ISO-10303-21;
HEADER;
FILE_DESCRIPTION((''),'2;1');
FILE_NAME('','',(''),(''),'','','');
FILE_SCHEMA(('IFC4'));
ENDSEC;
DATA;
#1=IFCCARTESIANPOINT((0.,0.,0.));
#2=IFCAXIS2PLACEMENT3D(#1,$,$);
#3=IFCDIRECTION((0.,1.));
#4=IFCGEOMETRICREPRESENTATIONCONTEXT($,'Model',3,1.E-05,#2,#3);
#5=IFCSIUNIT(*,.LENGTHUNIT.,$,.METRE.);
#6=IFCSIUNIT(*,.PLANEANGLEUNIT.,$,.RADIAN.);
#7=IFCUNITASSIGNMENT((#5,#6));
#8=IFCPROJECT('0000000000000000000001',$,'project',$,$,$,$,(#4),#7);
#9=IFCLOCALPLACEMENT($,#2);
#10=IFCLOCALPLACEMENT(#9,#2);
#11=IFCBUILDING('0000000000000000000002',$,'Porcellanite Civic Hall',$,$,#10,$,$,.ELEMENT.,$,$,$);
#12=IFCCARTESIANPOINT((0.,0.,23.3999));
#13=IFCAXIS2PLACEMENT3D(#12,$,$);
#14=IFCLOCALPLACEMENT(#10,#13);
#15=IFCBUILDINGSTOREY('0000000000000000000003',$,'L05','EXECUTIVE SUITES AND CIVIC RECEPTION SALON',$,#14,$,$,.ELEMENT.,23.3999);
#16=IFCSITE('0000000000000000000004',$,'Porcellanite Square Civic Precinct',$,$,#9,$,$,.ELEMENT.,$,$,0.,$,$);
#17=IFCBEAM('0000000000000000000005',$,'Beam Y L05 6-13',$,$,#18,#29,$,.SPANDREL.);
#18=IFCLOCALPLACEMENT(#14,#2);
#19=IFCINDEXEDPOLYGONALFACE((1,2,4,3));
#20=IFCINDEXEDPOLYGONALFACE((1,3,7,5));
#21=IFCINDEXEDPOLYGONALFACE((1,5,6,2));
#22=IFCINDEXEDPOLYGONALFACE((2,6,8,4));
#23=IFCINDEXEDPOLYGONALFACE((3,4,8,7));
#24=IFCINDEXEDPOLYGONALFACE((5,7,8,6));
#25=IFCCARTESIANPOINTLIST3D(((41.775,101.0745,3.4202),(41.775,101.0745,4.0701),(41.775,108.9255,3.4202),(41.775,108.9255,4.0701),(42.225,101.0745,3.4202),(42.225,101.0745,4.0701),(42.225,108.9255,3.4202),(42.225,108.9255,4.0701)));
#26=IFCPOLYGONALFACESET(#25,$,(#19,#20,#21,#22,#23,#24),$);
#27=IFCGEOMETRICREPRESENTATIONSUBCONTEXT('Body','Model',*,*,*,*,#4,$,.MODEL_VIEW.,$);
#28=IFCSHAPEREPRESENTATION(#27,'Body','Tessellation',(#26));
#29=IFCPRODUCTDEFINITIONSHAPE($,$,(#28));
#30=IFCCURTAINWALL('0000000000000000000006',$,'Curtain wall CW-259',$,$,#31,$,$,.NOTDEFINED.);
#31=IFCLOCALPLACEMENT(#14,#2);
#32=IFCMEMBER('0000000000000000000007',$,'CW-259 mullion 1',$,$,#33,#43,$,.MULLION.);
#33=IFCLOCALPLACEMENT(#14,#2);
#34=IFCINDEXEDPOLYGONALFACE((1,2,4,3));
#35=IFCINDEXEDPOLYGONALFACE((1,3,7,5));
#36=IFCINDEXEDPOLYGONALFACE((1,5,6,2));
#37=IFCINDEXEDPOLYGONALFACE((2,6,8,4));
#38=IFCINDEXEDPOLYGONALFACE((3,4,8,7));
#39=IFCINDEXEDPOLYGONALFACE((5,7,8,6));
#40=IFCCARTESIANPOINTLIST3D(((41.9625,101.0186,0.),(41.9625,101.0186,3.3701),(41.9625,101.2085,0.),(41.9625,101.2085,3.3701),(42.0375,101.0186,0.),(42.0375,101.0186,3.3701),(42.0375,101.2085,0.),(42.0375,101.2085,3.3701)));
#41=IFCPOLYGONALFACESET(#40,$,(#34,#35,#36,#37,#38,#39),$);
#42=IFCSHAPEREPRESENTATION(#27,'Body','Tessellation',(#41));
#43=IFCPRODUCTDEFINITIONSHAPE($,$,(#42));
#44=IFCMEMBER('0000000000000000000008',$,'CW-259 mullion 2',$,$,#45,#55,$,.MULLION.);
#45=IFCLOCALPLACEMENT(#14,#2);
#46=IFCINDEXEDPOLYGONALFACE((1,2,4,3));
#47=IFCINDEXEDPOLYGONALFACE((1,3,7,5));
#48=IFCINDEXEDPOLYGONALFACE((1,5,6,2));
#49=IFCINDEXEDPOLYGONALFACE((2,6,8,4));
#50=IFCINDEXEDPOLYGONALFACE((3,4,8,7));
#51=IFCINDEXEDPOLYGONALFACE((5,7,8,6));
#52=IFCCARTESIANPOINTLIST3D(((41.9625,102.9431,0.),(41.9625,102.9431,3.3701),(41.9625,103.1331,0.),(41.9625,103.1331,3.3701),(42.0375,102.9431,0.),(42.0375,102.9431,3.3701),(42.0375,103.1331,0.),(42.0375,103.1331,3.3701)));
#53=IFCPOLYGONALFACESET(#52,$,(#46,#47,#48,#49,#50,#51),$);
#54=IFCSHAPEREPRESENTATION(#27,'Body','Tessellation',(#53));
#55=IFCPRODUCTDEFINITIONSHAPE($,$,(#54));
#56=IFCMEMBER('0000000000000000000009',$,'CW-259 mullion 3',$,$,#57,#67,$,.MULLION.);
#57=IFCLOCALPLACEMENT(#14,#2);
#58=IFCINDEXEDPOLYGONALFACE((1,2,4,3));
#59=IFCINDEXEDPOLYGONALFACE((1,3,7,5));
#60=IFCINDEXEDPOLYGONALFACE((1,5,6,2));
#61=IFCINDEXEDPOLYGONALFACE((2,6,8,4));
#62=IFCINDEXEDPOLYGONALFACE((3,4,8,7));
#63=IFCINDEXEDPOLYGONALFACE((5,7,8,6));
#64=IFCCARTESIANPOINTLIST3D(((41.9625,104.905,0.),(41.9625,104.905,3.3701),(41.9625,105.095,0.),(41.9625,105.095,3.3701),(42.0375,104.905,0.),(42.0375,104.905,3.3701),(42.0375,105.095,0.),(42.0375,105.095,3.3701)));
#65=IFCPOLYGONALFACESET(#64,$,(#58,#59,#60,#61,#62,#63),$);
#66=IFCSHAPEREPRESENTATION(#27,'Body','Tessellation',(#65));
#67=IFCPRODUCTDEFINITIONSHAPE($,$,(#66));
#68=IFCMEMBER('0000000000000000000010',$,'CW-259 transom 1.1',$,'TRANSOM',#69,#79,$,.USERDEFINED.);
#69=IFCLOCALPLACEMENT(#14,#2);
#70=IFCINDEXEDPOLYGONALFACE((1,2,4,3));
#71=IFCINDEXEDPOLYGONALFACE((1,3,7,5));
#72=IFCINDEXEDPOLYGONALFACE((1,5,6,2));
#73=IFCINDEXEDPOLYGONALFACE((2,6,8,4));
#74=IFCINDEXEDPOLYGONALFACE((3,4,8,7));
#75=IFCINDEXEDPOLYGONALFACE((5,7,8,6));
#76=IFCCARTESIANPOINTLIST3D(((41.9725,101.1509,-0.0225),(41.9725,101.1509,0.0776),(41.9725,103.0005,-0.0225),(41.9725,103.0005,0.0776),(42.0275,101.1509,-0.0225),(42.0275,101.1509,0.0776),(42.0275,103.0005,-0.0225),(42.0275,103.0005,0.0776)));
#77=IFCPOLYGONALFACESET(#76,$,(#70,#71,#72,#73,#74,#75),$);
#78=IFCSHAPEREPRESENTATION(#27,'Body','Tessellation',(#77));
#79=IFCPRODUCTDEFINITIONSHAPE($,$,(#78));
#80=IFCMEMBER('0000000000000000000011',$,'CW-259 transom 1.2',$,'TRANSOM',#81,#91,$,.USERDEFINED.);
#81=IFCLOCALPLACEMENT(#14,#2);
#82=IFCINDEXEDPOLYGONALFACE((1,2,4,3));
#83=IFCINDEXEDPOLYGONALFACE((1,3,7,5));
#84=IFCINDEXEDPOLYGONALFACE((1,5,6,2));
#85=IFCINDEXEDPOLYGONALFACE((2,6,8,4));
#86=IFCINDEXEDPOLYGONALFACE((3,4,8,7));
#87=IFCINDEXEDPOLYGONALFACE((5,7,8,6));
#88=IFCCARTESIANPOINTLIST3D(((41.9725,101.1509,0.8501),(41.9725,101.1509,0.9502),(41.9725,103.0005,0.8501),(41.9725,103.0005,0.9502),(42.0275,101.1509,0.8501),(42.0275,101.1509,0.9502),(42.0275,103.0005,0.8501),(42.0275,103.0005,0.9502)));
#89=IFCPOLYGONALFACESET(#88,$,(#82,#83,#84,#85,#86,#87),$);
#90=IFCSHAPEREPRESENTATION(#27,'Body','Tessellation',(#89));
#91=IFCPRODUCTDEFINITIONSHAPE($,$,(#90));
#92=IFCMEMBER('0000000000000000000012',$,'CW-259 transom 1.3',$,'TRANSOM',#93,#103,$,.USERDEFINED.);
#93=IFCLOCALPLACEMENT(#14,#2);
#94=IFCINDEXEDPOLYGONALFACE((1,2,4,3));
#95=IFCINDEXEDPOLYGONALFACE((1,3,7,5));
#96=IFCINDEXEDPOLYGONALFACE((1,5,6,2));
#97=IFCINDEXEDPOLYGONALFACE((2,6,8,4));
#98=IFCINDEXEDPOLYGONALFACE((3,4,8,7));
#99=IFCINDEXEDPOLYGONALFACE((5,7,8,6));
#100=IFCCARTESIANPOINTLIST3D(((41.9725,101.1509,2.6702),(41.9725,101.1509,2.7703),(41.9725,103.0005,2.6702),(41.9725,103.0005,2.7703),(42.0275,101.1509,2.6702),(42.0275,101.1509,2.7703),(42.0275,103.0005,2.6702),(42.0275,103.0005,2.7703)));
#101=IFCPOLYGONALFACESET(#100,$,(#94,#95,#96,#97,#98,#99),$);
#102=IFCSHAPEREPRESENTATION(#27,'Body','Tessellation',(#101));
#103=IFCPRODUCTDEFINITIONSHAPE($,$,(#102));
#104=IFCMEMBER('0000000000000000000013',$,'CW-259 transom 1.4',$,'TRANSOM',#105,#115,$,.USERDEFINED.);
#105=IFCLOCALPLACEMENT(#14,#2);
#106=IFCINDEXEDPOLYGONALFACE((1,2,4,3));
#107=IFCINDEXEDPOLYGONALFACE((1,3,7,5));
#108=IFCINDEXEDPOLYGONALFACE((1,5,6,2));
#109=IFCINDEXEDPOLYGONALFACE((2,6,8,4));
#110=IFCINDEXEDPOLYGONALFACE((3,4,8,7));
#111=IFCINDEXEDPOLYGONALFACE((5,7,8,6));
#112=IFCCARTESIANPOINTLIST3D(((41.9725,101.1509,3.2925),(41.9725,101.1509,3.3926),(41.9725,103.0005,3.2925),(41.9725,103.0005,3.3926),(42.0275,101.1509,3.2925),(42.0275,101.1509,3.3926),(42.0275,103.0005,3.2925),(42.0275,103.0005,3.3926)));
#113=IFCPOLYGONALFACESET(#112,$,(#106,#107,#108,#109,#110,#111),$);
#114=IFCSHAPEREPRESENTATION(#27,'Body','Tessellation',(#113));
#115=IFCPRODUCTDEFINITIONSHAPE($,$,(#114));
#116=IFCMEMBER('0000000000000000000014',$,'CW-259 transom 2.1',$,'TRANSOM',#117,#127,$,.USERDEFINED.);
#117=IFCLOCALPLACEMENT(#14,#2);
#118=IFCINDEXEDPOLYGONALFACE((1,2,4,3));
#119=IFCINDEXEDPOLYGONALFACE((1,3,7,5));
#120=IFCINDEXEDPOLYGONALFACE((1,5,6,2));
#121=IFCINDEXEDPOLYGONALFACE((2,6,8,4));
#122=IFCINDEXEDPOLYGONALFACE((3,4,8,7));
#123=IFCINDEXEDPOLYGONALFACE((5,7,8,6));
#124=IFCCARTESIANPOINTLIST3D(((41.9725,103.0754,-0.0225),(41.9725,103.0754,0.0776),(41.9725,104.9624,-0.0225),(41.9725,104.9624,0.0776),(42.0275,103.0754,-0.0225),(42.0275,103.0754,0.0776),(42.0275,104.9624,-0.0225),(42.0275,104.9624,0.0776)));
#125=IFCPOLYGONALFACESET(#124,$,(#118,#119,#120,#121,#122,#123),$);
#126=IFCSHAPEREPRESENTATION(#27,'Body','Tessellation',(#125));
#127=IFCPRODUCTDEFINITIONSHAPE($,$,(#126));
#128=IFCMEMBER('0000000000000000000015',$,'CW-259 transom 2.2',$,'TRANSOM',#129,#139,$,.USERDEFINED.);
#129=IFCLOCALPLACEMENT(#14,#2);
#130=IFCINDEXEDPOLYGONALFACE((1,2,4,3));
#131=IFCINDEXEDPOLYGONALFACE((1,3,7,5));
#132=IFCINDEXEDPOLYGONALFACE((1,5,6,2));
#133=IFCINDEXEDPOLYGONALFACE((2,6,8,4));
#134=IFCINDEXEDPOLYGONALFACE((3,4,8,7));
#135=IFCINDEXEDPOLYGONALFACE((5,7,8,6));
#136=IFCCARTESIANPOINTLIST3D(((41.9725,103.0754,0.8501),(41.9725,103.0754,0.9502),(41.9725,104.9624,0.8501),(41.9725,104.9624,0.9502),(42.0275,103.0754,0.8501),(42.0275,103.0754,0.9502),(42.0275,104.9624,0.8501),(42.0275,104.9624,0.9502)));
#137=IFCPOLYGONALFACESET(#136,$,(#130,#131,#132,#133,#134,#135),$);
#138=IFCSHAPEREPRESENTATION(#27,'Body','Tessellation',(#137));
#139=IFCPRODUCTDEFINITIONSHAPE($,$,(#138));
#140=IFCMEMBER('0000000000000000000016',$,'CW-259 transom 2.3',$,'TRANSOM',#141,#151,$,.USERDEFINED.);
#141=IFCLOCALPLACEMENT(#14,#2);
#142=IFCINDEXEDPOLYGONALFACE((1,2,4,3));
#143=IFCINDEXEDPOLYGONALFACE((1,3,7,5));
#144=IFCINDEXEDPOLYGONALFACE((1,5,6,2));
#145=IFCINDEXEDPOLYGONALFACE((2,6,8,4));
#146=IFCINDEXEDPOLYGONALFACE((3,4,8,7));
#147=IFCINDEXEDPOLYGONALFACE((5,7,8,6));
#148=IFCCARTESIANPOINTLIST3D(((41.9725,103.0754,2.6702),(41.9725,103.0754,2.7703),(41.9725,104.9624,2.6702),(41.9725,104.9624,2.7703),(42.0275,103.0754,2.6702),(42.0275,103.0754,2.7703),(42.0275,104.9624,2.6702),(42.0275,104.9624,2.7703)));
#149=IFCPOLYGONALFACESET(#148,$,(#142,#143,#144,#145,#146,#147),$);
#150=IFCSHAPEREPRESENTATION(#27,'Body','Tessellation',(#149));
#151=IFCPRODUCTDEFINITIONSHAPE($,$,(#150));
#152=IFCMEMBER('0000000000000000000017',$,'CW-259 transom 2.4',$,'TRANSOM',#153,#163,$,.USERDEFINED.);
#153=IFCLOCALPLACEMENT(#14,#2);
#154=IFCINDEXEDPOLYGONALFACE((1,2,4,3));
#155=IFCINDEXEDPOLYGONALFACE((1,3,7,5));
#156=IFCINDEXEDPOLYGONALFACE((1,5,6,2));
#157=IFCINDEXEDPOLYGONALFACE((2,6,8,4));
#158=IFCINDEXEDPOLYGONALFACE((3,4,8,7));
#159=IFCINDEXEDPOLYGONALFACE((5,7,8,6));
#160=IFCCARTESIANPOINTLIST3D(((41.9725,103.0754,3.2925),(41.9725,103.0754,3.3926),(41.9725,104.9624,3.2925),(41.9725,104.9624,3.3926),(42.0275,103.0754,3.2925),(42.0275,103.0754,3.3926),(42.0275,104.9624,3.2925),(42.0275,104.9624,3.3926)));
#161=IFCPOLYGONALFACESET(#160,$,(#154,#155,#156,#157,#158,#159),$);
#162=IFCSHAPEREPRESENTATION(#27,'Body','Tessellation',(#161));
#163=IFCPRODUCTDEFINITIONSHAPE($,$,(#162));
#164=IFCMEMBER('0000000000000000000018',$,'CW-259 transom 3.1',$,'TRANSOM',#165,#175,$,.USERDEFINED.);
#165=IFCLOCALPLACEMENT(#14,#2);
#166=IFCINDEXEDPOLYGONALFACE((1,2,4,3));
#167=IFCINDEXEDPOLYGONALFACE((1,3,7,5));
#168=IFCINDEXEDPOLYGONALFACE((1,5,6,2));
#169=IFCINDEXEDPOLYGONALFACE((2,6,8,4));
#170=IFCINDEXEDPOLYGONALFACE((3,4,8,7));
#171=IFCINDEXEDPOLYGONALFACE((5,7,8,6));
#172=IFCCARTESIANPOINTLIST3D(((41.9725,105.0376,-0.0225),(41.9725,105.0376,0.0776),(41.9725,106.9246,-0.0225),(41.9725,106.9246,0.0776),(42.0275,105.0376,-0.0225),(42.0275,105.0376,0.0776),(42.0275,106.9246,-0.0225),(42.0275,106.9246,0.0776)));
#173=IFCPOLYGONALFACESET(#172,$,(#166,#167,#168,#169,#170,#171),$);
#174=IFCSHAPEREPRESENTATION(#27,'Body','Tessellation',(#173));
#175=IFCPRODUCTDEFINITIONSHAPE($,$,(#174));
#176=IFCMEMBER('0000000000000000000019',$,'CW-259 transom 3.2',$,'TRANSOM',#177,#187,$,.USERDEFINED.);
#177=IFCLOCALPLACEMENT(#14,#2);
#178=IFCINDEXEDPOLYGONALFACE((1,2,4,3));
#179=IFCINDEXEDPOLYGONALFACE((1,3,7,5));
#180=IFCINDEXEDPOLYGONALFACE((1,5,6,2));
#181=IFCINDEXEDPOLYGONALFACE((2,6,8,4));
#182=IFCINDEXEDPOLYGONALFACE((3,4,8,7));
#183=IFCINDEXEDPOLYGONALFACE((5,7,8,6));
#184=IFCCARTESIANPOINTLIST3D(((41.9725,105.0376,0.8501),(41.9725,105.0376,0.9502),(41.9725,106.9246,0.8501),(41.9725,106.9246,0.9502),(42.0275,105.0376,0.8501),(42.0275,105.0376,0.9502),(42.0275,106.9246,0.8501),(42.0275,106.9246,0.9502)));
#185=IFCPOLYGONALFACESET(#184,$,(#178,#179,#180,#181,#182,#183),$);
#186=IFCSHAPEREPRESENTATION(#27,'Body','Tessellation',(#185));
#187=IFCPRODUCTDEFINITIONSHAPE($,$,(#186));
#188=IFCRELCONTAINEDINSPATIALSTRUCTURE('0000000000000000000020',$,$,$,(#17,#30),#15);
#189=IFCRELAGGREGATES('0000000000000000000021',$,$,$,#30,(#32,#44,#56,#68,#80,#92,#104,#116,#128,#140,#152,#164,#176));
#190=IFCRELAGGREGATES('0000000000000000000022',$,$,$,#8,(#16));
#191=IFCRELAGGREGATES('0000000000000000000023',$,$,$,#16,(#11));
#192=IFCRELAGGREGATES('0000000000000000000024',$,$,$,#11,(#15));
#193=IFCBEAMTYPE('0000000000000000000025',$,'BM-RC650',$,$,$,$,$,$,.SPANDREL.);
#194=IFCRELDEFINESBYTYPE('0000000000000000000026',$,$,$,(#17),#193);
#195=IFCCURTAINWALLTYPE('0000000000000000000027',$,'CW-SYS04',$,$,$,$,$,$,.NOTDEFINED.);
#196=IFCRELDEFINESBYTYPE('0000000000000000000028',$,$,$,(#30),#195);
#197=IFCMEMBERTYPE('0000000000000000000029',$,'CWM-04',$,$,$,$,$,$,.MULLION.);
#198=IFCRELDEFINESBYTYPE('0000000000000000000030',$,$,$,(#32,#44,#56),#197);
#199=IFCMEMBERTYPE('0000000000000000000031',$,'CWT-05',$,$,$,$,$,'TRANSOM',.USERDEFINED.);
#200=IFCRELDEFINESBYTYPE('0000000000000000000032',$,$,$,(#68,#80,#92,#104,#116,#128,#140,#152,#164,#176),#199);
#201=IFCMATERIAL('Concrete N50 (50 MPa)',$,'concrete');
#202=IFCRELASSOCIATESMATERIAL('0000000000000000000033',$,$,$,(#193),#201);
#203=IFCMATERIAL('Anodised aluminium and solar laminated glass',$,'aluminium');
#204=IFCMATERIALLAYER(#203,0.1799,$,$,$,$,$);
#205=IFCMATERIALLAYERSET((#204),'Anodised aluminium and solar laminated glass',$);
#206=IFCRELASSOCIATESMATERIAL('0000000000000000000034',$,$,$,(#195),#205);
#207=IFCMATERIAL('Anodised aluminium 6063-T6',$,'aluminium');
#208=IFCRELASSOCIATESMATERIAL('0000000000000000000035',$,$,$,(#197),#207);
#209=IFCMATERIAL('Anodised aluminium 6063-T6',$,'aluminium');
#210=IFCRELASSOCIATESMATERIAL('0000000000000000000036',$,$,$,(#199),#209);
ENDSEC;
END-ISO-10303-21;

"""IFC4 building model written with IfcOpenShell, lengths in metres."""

from ifc_helpers import new_model, si_unit, direction, frame, origin, origin_2d, place, context, subcontext, project, spatial, rectangle, extrude, material, layer, layer_set, material_profile, profile_set, type_object, element, aggregate, save


model = new_model("IFC4")

# Units and contexts
model_context = context("Model", 3, precision=1e-05, world=origin(), true_north=direction((0.0, 1.0)))
body_context = subcontext(model_context, "Body", "Model", "MODEL_VIEW")
ifc_project = project(units=[si_unit("LENGTHUNIT", "METRE"), si_unit("PLANEANGLEUNIT", "RADIAN")], contexts=[model_context])

# Site, building, storey
site_placement = place(None, origin())
site = spatial("IfcSite", under=ifc_project, at=site_placement, Name="Porcellanite Square Civic Precinct", CompositionType="ELEMENT", RefElevation=0.0)
building_placement = place(site_placement, origin())
building = spatial("IfcBuilding", under=site, at=building_placement, Name="Porcellanite Civic Hall", CompositionType="ELEMENT")
storey_placement = place(building_placement, frame((0.0, 0.0, 23.3999)))
storey = spatial("IfcBuildingStorey", under=building, at=storey_placement, Name="L05", Description="EXECUTIVE SUITES AND CIVIC RECEPTION SALON", CompositionType="ELEMENT", Elevation=23.3999)

# Beam
ifc_material_1 = material(Name="Concrete N50 (50 MPa)", Category="concrete")
ifc_material_profile_1 = material_profile(ifc_material_1, rectangle(XDim=0.45, YDim=0.6499, at=origin_2d()), Name="RC-450x650")
ifc_profile_set_1 = profile_set([ifc_material_profile_1], Name="Concrete N50 (50 MPa)")
beam_type = type_object("IfcBeamType", Name="BM-RC650", PredefinedType="SPANDREL", material=ifc_profile_set_1)
beam_placement = place(storey_placement, frame((42.0, 101.0745, 3.7451), z_axis=(0.0, 1.0, 0.0), x_axis=(-1.0, 0.0, 0.0)))
element("IfcBeam", 1, at=beam_placement, inside=storey, type_object=beam_type, Name="Beam Y L05 6-13", PredefinedType="SPANDREL", context=body_context, shape_type="SweptSolid", body=[
    extrude(rectangle(XDim=0.45, YDim=0.6499, at=origin_2d()), origin(), (0.0, 0.0, 1.0), 7.8511),
])

# Curtain wall, members
ifc_material_2 = material(Name="Anodised aluminium and solar laminated glass", Category="aluminium")
ifc_layer_1 = layer(ifc_material_2, 0.1799)
ifc_layer_set_1 = layer_set([ifc_layer_1], Name="Anodised aluminium and solar laminated glass")
curtain_wall_type = type_object("IfcCurtainWallType", Name="CW-SYS04", PredefinedType="NOTDEFINED", material=ifc_layer_set_1)
curtain_wall_placement = place(storey_placement, origin())
curtain_wall = element("IfcCurtainWall", 2, at=curtain_wall_placement, inside=storey, type_object=curtain_wall_type, Name="Curtain wall CW-259", PredefinedType="NOTDEFINED")
ifc_material_3 = material(Name="Anodised aluminium 6063-T6", Category="aluminium")
ifc_material_profile_2 = material_profile(ifc_material_3, rectangle(XDim=0.075, YDim=0.1899, at=origin_2d()), Name="AL-75x190")
ifc_profile_set_2 = profile_set([ifc_material_profile_2], Name="Anodised aluminium 6063-T6")
member_type_1 = type_object("IfcMemberType", Name="CWM-04", PredefinedType="MULLION", material=ifc_profile_set_2)
member_1_placement = place(storey_placement, frame((42.0, 101.1135, 0.0), z_axis=(0.0, 0.0, 1.0), x_axis=(-1.0, 0.0, 0.0)))
member_1 = element("IfcMember", 3, at=member_1_placement, type_object=member_type_1, Name="CW-259 mullion 1", PredefinedType="MULLION", context=body_context, shape_type="SweptSolid", body=[
    extrude(rectangle(XDim=0.075, YDim=0.1899, at=origin_2d()), origin(), (0.0, 0.0, 1.0), 3.3701),
])
member_2_placement = place(storey_placement, frame((42.0, 103.0381, 0.0), z_axis=(0.0, 0.0, 1.0), x_axis=(-1.0, 0.0, 0.0)))
member_2 = element("IfcMember", 4, at=member_2_placement, type_object=member_type_1, Name="CW-259 mullion 2", PredefinedType="MULLION", context=body_context, shape_type="SweptSolid", body=[
    extrude(rectangle(XDim=0.075, YDim=0.1899, at=origin_2d()), origin(), (0.0, 0.0, 1.0), 3.3701),
])
member_3_placement = place(storey_placement, frame((42.0, 105.0, 0.0), z_axis=(0.0, 0.0, 1.0), x_axis=(-1.0, 0.0, 0.0)))
member_3 = element("IfcMember", 5, at=member_3_placement, type_object=member_type_1, Name="CW-259 mullion 3", PredefinedType="MULLION", context=body_context, shape_type="SweptSolid", body=[
    extrude(rectangle(XDim=0.075, YDim=0.1899, at=origin_2d()), origin(), (0.0, 0.0, 1.0), 3.3701),
])
ifc_material_4 = material(Name="Anodised aluminium 6063-T6", Category="aluminium")
ifc_material_profile_3 = material_profile(ifc_material_4, rectangle(XDim=0.0549, YDim=0.1001, at=origin_2d()), Name="AL-55x100")
ifc_profile_set_3 = profile_set([ifc_material_profile_3], Name="Anodised aluminium 6063-T6")
member_type_2 = type_object("IfcMemberType", Name="CWT-05", ElementType="TRANSOM", PredefinedType="USERDEFINED", material=ifc_profile_set_3)
member_4_placement = place(storey_placement, frame((42.0, 101.1509, 0.0276), z_axis=(0.0, 1.0, 0.0), x_axis=(-1.0, 0.0, 0.0)))
member_4 = element("IfcMember", 6, at=member_4_placement, type_object=member_type_2, Name="CW-259 transom 1.1", ObjectType="TRANSOM", PredefinedType="USERDEFINED", context=body_context, shape_type="SweptSolid", body=[
    extrude(rectangle(XDim=0.0549, YDim=0.1001, at=origin_2d()), origin(), (0.0, 0.0, 1.0), 1.8496),
])
member_5_placement = place(storey_placement, frame((42.0, 101.1509, 0.9001), z_axis=(0.0, 1.0, 0.0), x_axis=(-1.0, 0.0, 0.0)))
member_5 = element("IfcMember", 7, at=member_5_placement, type_object=member_type_2, Name="CW-259 transom 1.2", ObjectType="TRANSOM", PredefinedType="USERDEFINED", context=body_context, shape_type="SweptSolid", body=[
    extrude(rectangle(XDim=0.0549, YDim=0.1001, at=origin_2d()), origin(), (0.0, 0.0, 1.0), 1.8496),
])
member_6_placement = place(storey_placement, frame((42.0, 101.1509, 2.7202), z_axis=(0.0, 1.0, 0.0), x_axis=(-1.0, 0.0, 0.0)))
member_6 = element("IfcMember", 8, at=member_6_placement, type_object=member_type_2, Name="CW-259 transom 1.3", ObjectType="TRANSOM", PredefinedType="USERDEFINED", context=body_context, shape_type="SweptSolid", body=[
    extrude(rectangle(XDim=0.0549, YDim=0.1001, at=origin_2d()), origin(), (0.0, 0.0, 1.0), 1.8496),
])
member_7_placement = place(storey_placement, frame((42.0, 101.1509, 3.3425), z_axis=(0.0, 1.0, 0.0), x_axis=(-1.0, 0.0, 0.0)))
member_7 = element("IfcMember", 9, at=member_7_placement, type_object=member_type_2, Name="CW-259 transom 1.4", ObjectType="TRANSOM", PredefinedType="USERDEFINED", context=body_context, shape_type="SweptSolid", body=[
    extrude(rectangle(XDim=0.0549, YDim=0.1001, at=origin_2d()), origin(), (0.0, 0.0, 1.0), 1.8496),
])
member_8_placement = place(storey_placement, frame((42.0, 103.0754, 0.0276), z_axis=(0.0, 1.0, 0.0), x_axis=(-1.0, 0.0, 0.0)))
member_8 = element("IfcMember", 10, at=member_8_placement, type_object=member_type_2, Name="CW-259 transom 2.1", ObjectType="TRANSOM", PredefinedType="USERDEFINED", context=body_context, shape_type="SweptSolid", body=[
    extrude(rectangle(XDim=0.0549, YDim=0.1001, at=origin_2d()), origin(), (0.0, 0.0, 1.0), 1.887),
])
member_9_placement = place(storey_placement, frame((42.0, 103.0754, 0.9001), z_axis=(0.0, 1.0, 0.0), x_axis=(-1.0, 0.0, 0.0)))
member_9 = element("IfcMember", 11, at=member_9_placement, type_object=member_type_2, Name="CW-259 transom 2.2", ObjectType="TRANSOM", PredefinedType="USERDEFINED", context=body_context, shape_type="SweptSolid", body=[
    extrude(rectangle(XDim=0.0549, YDim=0.1001, at=origin_2d()), origin(), (0.0, 0.0, 1.0), 1.887),
])
member_10_placement = place(storey_placement, frame((42.0, 103.0754, 2.7202), z_axis=(0.0, 1.0, 0.0), x_axis=(-1.0, 0.0, 0.0)))
member_10 = element("IfcMember", 12, at=member_10_placement, type_object=member_type_2, Name="CW-259 transom 2.3", ObjectType="TRANSOM", PredefinedType="USERDEFINED", context=body_context, shape_type="SweptSolid", body=[
    extrude(rectangle(XDim=0.0549, YDim=0.1001, at=origin_2d()), origin(), (0.0, 0.0, 1.0), 1.887),
])
member_11_placement = place(storey_placement, frame((42.0, 103.0754, 3.3425), z_axis=(0.0, 1.0, 0.0), x_axis=(-1.0, 0.0, 0.0)))
member_11 = element("IfcMember", 13, at=member_11_placement, type_object=member_type_2, Name="CW-259 transom 2.4", ObjectType="TRANSOM", PredefinedType="USERDEFINED", context=body_context, shape_type="SweptSolid", body=[
    extrude(rectangle(XDim=0.0549, YDim=0.1001, at=origin_2d()), origin(), (0.0, 0.0, 1.0), 1.887),
])
member_12_placement = place(storey_placement, frame((42.0, 105.0376, 0.0276), z_axis=(0.0, 1.0, 0.0), x_axis=(-1.0, 0.0, 0.0)))
member_12 = element("IfcMember", 14, at=member_12_placement, type_object=member_type_2, Name="CW-259 transom 3.1", ObjectType="TRANSOM", PredefinedType="USERDEFINED", context=body_context, shape_type="SweptSolid", body=[
    extrude(rectangle(XDim=0.0549, YDim=0.1001, at=origin_2d()), origin(), (0.0, 0.0, 1.0), 1.887),
])
member_13_placement = place(storey_placement, frame((42.0, 105.0376, 0.9001), z_axis=(0.0, 1.0, 0.0), x_axis=(-1.0, 0.0, 0.0)))
member_13 = element("IfcMember", 15, at=member_13_placement, type_object=member_type_2, Name="CW-259 transom 3.2", ObjectType="TRANSOM", PredefinedType="USERDEFINED", context=body_context, shape_type="SweptSolid", body=[
    extrude(rectangle(XDim=0.0549, YDim=0.1001, at=origin_2d()), origin(), (0.0, 0.0, 1.0), 1.887),
])

aggregate(curtain_wall, [member_1, member_2, member_3, member_4, member_5, member_6, member_7, member_8, member_9, member_10, member_11, member_12, member_13])

save(model, "model.ifc")
